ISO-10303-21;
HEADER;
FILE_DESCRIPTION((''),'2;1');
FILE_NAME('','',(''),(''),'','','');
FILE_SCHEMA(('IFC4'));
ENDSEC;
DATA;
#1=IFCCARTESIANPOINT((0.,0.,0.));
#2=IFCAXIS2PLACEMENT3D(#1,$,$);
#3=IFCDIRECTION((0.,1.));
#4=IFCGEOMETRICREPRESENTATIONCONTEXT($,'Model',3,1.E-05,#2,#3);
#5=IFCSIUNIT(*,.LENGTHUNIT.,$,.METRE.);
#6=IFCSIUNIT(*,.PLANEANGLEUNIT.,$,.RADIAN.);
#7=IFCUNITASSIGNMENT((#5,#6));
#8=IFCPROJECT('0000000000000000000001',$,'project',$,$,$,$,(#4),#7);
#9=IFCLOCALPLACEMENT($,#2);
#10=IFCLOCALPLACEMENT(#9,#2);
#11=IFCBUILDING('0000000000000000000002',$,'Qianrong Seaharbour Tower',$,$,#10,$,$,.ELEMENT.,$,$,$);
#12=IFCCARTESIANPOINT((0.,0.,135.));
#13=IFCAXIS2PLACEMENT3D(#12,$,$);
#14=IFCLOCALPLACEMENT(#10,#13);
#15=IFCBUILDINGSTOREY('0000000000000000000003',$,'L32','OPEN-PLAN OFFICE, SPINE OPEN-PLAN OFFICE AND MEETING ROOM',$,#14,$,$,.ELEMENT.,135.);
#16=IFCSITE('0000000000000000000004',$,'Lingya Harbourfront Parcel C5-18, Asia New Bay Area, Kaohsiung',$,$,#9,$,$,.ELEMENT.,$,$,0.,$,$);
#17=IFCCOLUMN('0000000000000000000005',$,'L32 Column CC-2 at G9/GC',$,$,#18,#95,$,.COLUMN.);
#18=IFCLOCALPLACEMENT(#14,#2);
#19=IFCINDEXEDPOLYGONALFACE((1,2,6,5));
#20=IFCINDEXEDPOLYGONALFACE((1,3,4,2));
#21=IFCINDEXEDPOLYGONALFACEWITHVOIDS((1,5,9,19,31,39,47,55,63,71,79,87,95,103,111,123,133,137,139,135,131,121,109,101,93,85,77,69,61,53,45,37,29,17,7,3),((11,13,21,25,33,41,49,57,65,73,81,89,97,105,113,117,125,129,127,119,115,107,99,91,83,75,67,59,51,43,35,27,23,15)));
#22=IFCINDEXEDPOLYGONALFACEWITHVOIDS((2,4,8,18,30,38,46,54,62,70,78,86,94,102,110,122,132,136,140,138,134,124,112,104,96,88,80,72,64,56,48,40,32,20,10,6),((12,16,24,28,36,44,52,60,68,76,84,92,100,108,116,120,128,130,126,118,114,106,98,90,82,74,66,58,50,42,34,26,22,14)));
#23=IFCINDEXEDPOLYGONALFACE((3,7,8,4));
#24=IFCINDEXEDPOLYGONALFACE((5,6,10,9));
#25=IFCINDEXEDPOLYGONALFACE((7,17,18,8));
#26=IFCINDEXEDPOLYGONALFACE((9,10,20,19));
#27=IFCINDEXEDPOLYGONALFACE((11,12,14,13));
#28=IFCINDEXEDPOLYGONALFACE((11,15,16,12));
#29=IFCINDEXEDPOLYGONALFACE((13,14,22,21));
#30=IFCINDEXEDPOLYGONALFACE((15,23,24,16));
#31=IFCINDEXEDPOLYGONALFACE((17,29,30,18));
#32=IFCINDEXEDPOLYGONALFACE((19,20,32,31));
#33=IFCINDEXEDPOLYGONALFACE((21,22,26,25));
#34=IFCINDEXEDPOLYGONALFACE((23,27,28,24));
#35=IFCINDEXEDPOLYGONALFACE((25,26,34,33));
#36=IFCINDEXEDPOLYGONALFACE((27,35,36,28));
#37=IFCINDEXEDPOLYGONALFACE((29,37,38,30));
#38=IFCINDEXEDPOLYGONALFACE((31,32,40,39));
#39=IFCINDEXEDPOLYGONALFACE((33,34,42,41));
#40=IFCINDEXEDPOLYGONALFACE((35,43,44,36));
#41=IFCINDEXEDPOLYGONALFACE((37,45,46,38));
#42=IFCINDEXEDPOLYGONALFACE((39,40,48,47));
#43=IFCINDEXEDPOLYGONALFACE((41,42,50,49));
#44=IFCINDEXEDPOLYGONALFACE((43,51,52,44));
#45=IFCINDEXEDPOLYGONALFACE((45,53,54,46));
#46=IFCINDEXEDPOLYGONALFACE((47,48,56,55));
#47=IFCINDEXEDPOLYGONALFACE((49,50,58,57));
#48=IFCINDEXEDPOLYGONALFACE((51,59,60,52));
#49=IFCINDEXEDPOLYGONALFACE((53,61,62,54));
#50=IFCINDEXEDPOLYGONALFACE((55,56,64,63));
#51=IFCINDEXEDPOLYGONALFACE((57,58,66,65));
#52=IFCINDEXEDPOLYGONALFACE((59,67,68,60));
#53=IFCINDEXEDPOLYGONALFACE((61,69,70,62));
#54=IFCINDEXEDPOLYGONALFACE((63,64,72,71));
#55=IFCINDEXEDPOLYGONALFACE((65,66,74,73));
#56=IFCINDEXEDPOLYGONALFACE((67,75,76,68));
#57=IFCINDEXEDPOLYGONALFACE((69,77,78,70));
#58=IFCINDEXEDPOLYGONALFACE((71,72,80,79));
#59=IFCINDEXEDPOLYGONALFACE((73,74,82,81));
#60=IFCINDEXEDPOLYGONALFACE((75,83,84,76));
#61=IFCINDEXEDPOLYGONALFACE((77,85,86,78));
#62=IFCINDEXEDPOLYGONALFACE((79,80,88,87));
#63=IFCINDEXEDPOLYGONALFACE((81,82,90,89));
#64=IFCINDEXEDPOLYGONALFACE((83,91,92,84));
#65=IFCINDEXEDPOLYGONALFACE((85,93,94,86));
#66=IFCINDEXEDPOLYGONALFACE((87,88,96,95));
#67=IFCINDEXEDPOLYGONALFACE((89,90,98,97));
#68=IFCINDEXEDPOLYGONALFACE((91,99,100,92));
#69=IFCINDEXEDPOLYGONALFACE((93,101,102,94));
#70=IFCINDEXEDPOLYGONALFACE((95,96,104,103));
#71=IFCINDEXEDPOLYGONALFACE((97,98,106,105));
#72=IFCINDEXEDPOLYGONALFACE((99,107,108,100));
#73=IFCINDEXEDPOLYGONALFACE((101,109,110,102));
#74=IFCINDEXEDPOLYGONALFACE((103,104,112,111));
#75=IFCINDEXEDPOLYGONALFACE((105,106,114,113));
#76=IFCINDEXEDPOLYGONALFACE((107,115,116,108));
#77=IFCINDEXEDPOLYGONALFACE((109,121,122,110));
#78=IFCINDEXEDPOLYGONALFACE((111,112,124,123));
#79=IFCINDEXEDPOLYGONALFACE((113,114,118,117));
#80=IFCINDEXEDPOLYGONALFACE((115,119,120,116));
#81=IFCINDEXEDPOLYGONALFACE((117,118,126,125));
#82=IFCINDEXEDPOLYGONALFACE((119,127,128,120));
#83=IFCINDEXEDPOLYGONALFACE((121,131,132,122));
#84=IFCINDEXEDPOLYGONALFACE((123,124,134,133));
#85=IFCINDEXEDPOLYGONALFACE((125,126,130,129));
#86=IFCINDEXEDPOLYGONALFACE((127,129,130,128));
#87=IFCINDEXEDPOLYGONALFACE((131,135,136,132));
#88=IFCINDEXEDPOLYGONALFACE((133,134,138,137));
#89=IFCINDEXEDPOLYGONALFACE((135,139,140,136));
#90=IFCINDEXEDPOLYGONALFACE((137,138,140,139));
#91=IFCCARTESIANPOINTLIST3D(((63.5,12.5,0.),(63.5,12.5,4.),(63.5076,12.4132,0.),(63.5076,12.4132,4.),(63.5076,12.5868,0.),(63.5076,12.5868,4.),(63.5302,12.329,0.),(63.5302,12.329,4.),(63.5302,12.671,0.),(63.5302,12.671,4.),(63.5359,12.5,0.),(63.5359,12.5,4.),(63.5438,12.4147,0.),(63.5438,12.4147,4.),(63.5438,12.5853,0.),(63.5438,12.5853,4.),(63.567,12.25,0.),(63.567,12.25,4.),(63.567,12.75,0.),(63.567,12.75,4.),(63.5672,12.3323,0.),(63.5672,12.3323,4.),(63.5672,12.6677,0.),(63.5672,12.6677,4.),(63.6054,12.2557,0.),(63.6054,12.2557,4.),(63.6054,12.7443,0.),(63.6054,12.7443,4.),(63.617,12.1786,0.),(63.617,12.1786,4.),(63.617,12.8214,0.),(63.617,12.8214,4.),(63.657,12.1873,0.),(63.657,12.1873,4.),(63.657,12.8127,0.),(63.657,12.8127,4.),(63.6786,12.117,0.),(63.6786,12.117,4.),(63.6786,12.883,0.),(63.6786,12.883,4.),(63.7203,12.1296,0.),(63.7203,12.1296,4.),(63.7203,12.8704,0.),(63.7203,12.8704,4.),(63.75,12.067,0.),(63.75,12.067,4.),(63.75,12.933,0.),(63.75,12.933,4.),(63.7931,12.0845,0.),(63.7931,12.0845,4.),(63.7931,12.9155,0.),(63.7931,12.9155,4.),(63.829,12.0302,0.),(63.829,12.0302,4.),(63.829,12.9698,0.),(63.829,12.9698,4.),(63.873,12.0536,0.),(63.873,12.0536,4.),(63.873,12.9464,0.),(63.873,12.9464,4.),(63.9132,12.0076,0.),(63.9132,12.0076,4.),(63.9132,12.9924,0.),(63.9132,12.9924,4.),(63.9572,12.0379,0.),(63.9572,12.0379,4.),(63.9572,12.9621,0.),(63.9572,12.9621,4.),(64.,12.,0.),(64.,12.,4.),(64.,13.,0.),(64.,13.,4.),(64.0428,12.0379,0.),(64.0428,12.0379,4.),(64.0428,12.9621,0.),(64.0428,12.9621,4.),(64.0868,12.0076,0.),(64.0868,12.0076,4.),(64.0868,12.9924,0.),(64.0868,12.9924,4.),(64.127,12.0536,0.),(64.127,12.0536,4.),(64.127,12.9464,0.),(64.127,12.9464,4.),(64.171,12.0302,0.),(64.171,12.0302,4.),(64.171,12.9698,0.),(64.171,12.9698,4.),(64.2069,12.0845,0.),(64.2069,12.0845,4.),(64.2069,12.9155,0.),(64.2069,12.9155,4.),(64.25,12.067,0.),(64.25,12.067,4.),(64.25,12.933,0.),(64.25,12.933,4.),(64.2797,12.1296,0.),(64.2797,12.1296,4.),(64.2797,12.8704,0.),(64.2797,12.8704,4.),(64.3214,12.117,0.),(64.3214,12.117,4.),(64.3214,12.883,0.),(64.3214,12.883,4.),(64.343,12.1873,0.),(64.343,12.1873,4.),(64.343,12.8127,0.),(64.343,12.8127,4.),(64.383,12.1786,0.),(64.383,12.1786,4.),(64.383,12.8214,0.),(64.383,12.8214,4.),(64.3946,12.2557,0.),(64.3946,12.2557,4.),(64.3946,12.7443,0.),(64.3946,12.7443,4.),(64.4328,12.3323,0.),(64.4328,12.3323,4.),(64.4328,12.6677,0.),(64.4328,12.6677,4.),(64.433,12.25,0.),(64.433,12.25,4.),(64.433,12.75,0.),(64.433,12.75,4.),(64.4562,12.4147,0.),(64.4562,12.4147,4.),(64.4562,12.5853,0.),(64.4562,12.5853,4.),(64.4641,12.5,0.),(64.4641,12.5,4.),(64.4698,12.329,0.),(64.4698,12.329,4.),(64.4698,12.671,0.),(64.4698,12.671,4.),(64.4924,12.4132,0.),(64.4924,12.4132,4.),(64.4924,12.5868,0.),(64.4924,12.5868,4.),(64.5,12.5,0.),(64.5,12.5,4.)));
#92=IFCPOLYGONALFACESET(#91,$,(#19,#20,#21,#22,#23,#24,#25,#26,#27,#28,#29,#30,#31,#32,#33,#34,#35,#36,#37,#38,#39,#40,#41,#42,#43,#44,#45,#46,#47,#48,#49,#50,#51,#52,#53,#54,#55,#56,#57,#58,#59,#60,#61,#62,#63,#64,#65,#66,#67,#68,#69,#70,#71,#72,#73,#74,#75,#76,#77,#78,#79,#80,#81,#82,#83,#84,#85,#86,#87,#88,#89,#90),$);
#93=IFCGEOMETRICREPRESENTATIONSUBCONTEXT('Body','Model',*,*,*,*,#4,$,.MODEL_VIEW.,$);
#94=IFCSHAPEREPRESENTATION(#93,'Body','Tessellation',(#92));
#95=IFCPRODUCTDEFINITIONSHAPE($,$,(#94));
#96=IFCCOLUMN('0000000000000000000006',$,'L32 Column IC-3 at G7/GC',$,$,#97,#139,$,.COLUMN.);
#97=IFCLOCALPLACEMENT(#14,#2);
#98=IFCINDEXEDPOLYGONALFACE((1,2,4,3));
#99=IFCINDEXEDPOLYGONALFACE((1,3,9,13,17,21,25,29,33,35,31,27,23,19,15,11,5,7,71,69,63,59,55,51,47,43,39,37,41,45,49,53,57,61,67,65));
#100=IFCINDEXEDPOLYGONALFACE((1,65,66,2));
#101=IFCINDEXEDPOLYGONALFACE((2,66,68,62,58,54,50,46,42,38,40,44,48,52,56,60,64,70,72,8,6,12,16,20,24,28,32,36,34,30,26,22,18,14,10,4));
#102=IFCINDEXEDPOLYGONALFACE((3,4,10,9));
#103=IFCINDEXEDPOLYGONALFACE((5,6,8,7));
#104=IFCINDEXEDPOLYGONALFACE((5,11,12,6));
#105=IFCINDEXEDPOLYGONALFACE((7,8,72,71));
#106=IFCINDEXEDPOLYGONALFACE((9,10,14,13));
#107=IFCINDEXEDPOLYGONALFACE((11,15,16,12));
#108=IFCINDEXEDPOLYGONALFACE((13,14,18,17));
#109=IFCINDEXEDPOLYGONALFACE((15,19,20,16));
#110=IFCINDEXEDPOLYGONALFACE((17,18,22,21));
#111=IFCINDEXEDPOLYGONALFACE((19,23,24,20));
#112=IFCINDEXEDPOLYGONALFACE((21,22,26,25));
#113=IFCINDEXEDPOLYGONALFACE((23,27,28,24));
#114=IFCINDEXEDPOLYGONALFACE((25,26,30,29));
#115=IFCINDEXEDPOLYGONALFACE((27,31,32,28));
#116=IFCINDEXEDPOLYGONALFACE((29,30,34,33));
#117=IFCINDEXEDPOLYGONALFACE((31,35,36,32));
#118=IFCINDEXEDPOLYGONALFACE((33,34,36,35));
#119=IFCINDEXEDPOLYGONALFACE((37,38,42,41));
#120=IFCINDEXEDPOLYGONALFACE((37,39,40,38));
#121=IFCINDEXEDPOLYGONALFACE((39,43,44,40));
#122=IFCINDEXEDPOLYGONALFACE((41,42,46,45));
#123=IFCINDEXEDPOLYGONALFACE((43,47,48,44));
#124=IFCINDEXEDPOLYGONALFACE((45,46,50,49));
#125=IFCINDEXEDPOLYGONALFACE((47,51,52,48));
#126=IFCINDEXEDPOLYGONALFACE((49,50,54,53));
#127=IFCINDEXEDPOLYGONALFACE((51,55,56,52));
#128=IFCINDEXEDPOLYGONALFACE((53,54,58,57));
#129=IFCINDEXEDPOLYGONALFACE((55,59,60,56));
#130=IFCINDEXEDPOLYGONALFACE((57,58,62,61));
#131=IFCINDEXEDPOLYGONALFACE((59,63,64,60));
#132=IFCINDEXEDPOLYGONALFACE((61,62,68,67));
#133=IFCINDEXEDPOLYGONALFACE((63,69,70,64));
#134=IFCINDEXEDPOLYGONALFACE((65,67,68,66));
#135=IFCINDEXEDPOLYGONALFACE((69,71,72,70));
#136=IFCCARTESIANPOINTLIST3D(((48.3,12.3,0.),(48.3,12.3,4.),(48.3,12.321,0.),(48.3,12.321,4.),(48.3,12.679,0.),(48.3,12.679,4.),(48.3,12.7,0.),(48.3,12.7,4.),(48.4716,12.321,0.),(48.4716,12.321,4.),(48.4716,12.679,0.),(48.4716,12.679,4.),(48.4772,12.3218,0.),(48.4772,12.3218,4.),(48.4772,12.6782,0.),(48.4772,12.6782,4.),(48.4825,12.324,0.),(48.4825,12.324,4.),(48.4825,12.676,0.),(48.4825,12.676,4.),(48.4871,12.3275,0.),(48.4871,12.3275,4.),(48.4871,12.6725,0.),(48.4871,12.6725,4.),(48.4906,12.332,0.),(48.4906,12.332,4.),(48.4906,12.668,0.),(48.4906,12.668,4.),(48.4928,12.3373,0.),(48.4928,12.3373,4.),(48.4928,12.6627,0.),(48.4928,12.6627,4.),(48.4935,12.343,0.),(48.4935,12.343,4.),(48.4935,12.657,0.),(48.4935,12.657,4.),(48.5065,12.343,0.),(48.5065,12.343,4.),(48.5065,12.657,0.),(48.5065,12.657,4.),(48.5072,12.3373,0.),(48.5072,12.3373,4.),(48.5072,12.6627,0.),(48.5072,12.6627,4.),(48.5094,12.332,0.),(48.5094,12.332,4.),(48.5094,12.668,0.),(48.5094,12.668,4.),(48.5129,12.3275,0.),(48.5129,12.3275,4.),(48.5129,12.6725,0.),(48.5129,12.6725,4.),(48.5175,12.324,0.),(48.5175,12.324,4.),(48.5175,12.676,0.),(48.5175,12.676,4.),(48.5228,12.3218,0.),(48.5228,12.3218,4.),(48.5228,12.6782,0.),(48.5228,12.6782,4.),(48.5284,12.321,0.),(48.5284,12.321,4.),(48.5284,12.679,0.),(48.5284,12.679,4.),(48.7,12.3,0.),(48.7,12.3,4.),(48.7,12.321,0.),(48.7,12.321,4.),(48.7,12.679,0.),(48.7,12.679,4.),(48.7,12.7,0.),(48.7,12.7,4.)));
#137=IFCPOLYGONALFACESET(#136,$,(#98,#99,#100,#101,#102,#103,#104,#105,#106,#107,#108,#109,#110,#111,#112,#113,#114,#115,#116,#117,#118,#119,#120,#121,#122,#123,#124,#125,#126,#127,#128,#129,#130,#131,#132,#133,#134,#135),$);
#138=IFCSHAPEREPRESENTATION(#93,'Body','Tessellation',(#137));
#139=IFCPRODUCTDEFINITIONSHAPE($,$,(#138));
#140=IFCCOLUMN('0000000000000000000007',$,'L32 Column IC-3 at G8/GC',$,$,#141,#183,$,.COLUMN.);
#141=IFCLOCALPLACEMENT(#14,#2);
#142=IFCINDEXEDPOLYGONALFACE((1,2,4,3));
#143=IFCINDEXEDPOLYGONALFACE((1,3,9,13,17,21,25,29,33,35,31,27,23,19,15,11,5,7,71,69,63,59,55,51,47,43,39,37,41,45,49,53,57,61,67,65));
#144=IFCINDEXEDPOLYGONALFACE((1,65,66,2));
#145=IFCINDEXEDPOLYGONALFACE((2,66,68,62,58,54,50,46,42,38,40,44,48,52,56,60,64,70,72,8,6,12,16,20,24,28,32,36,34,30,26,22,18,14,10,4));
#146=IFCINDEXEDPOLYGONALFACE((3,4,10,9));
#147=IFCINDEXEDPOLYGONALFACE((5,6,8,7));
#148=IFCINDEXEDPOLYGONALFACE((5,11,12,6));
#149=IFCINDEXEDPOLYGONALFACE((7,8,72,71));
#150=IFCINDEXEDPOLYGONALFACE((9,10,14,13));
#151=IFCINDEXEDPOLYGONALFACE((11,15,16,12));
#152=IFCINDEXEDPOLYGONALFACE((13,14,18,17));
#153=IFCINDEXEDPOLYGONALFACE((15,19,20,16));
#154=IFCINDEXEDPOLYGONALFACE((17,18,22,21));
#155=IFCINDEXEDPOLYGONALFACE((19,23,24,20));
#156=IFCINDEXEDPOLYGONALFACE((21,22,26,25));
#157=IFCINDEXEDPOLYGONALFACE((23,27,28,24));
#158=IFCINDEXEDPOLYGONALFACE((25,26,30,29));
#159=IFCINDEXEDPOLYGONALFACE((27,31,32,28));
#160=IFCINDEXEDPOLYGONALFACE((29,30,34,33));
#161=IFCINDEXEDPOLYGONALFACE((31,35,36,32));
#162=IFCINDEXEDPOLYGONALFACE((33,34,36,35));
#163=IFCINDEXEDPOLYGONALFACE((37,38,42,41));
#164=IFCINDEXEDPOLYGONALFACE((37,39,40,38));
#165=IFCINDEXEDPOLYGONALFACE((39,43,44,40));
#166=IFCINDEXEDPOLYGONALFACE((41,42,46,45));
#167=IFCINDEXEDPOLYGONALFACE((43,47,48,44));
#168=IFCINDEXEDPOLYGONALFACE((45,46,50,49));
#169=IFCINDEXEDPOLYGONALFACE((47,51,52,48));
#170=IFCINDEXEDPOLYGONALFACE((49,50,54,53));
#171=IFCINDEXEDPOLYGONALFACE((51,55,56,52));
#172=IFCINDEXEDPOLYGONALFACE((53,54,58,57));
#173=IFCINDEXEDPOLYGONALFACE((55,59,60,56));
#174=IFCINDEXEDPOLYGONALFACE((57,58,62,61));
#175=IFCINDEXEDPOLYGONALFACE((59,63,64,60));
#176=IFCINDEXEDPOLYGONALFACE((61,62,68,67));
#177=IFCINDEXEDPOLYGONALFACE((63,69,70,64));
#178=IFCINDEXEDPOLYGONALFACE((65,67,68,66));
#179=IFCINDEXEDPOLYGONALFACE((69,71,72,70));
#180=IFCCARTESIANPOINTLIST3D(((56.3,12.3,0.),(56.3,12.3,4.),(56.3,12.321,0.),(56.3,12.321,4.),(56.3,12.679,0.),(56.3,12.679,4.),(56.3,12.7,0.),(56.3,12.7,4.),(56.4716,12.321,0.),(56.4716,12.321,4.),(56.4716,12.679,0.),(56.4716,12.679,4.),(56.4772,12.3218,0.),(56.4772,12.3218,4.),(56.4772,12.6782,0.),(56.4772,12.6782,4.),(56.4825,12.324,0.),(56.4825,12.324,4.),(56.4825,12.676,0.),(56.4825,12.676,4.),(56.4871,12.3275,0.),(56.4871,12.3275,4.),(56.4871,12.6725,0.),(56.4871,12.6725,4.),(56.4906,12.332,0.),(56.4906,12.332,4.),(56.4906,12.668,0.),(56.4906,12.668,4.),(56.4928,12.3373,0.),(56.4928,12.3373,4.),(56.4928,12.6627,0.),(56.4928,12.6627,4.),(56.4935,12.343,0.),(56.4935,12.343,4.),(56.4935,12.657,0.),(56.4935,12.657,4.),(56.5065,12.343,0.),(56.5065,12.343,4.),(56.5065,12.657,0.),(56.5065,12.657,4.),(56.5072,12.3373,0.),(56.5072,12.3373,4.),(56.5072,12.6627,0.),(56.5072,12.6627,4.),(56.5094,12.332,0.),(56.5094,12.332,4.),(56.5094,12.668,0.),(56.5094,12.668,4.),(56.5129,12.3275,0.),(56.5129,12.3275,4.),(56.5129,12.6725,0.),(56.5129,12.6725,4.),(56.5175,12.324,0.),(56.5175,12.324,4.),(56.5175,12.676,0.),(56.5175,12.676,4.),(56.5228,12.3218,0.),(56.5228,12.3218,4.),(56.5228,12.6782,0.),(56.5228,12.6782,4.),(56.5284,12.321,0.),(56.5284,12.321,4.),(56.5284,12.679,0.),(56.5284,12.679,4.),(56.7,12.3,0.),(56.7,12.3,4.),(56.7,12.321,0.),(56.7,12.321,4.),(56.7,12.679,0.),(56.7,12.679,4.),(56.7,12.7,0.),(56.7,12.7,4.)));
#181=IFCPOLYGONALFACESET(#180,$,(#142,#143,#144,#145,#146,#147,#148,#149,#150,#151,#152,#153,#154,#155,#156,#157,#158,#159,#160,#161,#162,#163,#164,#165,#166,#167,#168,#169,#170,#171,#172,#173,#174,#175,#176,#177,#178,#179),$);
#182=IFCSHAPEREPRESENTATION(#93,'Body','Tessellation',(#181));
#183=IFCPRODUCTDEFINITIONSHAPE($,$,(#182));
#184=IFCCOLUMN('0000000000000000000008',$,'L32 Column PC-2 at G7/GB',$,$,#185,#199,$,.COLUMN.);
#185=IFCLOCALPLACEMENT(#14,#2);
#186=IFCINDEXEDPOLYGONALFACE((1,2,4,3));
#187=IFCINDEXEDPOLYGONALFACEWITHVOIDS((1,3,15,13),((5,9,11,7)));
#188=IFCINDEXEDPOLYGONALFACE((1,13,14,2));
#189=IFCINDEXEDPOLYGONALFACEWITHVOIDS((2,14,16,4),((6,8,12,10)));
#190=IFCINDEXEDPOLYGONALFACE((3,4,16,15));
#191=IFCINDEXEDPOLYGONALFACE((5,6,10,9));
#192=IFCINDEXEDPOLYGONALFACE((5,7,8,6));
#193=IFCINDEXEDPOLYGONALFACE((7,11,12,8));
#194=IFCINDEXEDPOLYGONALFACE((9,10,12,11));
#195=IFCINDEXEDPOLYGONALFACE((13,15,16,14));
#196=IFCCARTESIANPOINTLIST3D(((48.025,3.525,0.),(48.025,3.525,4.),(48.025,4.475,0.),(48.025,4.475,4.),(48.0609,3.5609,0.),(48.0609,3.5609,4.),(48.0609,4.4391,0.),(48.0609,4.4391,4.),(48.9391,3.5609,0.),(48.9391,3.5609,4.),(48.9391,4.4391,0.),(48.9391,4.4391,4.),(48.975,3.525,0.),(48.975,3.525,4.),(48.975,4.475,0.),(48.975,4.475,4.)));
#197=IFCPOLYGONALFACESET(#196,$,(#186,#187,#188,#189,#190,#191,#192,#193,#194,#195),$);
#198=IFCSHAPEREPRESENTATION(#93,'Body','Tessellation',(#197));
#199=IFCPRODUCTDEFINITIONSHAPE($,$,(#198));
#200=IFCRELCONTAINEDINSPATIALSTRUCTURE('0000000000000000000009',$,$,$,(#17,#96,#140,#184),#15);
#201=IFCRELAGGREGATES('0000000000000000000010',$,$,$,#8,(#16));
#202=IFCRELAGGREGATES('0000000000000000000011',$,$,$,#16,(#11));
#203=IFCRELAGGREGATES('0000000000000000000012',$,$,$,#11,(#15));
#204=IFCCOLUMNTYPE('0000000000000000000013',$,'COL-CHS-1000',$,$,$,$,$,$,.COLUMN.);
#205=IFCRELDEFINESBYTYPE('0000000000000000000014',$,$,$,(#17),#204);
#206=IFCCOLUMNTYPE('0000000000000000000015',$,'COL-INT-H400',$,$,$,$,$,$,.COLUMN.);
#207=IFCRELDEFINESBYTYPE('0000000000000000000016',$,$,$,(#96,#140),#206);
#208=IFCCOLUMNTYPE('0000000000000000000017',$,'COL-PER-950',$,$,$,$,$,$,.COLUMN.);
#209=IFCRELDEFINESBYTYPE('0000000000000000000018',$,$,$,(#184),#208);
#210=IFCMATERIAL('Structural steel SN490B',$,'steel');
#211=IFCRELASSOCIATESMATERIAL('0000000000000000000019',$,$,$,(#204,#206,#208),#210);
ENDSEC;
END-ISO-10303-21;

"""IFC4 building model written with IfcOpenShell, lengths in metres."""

from ifc_helpers import new_model, si_unit, direction, frame, origin, origin_2d, place, context, subcontext, project, spatial, hollow_rectangle, hollow_circle, i_section, extrude, material, material_profile, profile_set, type_object, element, save


model = new_model("IFC4")

# Units and contexts
model_context = context("Model", 3, precision=1e-05, world=origin(), true_north=direction((0.0, 1.0)))
body_context = subcontext(model_context, "Body", "Model", "MODEL_VIEW")
ifc_project = project(units=[si_unit("LENGTHUNIT", "METRE"), si_unit("PLANEANGLEUNIT", "RADIAN")], contexts=[model_context])

# Site, building, storey
site_placement = place(None, origin())
site = spatial("IfcSite", under=ifc_project, at=site_placement, Name="Lingya Harbourfront Parcel C5-18, Asia New Bay Area, Kaohsiung", CompositionType="ELEMENT", RefElevation=0.0)
building_placement = place(site_placement, origin())
building = spatial("IfcBuilding", under=site, at=building_placement, Name="Qianrong Seaharbour Tower", CompositionType="ELEMENT")
storey_placement = place(building_placement, frame((0.0, 0.0, 135.0)))
storey = spatial("IfcBuildingStorey", under=building, at=storey_placement, Name="L32", Description="OPEN-PLAN OFFICE, SPINE OPEN-PLAN OFFICE AND MEETING ROOM", CompositionType="ELEMENT", Elevation=135.0)

# Columns
ifc_material_1 = material(Name="Structural steel SN490B", Category="steel")
ifc_material_profile_1 = material_profile(ifc_material_1, hollow_circle(Radius=0.5, WallThickness=0.0359, at=origin_2d()), Name="CHS1000x36")
ifc_profile_set_1 = profile_set([ifc_material_profile_1], Name="Structural steel SN490B")
column_type_1 = type_object("IfcColumnType", Name="COL-CHS-1000", PredefinedType="COLUMN", material=ifc_profile_set_1)
column_placement = place(storey_placement, frame((64.0, 12.5, 0.0), z_axis=(0.0, 0.0, 1.0), x_axis=(1.0, 0.0, 0.0)))
element("IfcColumn", 1, at=column_placement, inside=storey, type_object=column_type_1, Name="L32 Column CC-2 at G9/GC", PredefinedType="COLUMN", context=body_context, shape_type="SweptSolid", body=[
    extrude(hollow_circle(Radius=0.5, WallThickness=0.0359, at=origin_2d()), origin(), (0.0, 0.0, 1.0), 4.0),
])
ifc_material_profile_2 = material_profile(ifc_material_1, i_section(OverallWidth=0.3999, OverallDepth=0.3999, WebThickness=0.0129, FlangeThickness=0.021, FilletRadius=0.022, at=origin_2d()), Name="H400x400x13x21")
ifc_profile_set_2 = profile_set([ifc_material_profile_2], Name="Structural steel SN490B")
column_type_2 = type_object("IfcColumnType", Name="COL-INT-H400", PredefinedType="COLUMN", material=ifc_profile_set_2)
for number, where, z_axis, x_axis, name in (
    (2, (48.5, 12.5, 0.0), (0.0, 0.0, 1.0), (1.0, 0.0, 0.0), "L32 Column IC-3 at G7/GC"),
    (3, (56.5, 12.5, 0.0), (0.0, 0.0, 1.0), (1.0, 0.0, 0.0), "L32 Column IC-3 at G8/GC"),
):
    element("IfcColumn", number, at=place(storey_placement, frame(where, z_axis=z_axis, x_axis=x_axis)), inside=storey, type_object=column_type_2, Name=name, PredefinedType="COLUMN", context=body_context, shape_type="SweptSolid", body=[
        extrude(i_section(OverallWidth=0.3999, OverallDepth=0.3999, WebThickness=0.0129, FlangeThickness=0.021, FilletRadius=0.022, at=origin_2d()), origin(), (0.0, 0.0, 1.0), 4.0),
    ])
ifc_material_profile_3 = material_profile(ifc_material_1, hollow_rectangle(XDim=0.95, YDim=0.95, WallThickness=0.0359, at=origin_2d()), Name="BOX950x950x36")
ifc_profile_set_3 = profile_set([ifc_material_profile_3], Name="Structural steel SN490B")
column_type_3 = type_object("IfcColumnType", Name="COL-PER-950", PredefinedType="COLUMN", material=ifc_profile_set_3)
for number, where, z_axis, x_axis, name in (
    (4, (48.5, 4.0, 0.0), (0.0, 0.0, 1.0), (1.0, 0.0, 0.0), "L32 Column PC-2 at G7/GB"),
):
    element("IfcColumn", number, at=place(storey_placement, frame(where, z_axis=z_axis, x_axis=x_axis)), inside=storey, type_object=column_type_3, Name=name, PredefinedType="COLUMN", context=body_context, shape_type="SweptSolid", body=[
        extrude(hollow_rectangle(XDim=0.95, YDim=0.95, WallThickness=0.0359, at=origin_2d()), origin(), (0.0, 0.0, 1.0), 4.0),
    ])

save(model, "model.ifc")
